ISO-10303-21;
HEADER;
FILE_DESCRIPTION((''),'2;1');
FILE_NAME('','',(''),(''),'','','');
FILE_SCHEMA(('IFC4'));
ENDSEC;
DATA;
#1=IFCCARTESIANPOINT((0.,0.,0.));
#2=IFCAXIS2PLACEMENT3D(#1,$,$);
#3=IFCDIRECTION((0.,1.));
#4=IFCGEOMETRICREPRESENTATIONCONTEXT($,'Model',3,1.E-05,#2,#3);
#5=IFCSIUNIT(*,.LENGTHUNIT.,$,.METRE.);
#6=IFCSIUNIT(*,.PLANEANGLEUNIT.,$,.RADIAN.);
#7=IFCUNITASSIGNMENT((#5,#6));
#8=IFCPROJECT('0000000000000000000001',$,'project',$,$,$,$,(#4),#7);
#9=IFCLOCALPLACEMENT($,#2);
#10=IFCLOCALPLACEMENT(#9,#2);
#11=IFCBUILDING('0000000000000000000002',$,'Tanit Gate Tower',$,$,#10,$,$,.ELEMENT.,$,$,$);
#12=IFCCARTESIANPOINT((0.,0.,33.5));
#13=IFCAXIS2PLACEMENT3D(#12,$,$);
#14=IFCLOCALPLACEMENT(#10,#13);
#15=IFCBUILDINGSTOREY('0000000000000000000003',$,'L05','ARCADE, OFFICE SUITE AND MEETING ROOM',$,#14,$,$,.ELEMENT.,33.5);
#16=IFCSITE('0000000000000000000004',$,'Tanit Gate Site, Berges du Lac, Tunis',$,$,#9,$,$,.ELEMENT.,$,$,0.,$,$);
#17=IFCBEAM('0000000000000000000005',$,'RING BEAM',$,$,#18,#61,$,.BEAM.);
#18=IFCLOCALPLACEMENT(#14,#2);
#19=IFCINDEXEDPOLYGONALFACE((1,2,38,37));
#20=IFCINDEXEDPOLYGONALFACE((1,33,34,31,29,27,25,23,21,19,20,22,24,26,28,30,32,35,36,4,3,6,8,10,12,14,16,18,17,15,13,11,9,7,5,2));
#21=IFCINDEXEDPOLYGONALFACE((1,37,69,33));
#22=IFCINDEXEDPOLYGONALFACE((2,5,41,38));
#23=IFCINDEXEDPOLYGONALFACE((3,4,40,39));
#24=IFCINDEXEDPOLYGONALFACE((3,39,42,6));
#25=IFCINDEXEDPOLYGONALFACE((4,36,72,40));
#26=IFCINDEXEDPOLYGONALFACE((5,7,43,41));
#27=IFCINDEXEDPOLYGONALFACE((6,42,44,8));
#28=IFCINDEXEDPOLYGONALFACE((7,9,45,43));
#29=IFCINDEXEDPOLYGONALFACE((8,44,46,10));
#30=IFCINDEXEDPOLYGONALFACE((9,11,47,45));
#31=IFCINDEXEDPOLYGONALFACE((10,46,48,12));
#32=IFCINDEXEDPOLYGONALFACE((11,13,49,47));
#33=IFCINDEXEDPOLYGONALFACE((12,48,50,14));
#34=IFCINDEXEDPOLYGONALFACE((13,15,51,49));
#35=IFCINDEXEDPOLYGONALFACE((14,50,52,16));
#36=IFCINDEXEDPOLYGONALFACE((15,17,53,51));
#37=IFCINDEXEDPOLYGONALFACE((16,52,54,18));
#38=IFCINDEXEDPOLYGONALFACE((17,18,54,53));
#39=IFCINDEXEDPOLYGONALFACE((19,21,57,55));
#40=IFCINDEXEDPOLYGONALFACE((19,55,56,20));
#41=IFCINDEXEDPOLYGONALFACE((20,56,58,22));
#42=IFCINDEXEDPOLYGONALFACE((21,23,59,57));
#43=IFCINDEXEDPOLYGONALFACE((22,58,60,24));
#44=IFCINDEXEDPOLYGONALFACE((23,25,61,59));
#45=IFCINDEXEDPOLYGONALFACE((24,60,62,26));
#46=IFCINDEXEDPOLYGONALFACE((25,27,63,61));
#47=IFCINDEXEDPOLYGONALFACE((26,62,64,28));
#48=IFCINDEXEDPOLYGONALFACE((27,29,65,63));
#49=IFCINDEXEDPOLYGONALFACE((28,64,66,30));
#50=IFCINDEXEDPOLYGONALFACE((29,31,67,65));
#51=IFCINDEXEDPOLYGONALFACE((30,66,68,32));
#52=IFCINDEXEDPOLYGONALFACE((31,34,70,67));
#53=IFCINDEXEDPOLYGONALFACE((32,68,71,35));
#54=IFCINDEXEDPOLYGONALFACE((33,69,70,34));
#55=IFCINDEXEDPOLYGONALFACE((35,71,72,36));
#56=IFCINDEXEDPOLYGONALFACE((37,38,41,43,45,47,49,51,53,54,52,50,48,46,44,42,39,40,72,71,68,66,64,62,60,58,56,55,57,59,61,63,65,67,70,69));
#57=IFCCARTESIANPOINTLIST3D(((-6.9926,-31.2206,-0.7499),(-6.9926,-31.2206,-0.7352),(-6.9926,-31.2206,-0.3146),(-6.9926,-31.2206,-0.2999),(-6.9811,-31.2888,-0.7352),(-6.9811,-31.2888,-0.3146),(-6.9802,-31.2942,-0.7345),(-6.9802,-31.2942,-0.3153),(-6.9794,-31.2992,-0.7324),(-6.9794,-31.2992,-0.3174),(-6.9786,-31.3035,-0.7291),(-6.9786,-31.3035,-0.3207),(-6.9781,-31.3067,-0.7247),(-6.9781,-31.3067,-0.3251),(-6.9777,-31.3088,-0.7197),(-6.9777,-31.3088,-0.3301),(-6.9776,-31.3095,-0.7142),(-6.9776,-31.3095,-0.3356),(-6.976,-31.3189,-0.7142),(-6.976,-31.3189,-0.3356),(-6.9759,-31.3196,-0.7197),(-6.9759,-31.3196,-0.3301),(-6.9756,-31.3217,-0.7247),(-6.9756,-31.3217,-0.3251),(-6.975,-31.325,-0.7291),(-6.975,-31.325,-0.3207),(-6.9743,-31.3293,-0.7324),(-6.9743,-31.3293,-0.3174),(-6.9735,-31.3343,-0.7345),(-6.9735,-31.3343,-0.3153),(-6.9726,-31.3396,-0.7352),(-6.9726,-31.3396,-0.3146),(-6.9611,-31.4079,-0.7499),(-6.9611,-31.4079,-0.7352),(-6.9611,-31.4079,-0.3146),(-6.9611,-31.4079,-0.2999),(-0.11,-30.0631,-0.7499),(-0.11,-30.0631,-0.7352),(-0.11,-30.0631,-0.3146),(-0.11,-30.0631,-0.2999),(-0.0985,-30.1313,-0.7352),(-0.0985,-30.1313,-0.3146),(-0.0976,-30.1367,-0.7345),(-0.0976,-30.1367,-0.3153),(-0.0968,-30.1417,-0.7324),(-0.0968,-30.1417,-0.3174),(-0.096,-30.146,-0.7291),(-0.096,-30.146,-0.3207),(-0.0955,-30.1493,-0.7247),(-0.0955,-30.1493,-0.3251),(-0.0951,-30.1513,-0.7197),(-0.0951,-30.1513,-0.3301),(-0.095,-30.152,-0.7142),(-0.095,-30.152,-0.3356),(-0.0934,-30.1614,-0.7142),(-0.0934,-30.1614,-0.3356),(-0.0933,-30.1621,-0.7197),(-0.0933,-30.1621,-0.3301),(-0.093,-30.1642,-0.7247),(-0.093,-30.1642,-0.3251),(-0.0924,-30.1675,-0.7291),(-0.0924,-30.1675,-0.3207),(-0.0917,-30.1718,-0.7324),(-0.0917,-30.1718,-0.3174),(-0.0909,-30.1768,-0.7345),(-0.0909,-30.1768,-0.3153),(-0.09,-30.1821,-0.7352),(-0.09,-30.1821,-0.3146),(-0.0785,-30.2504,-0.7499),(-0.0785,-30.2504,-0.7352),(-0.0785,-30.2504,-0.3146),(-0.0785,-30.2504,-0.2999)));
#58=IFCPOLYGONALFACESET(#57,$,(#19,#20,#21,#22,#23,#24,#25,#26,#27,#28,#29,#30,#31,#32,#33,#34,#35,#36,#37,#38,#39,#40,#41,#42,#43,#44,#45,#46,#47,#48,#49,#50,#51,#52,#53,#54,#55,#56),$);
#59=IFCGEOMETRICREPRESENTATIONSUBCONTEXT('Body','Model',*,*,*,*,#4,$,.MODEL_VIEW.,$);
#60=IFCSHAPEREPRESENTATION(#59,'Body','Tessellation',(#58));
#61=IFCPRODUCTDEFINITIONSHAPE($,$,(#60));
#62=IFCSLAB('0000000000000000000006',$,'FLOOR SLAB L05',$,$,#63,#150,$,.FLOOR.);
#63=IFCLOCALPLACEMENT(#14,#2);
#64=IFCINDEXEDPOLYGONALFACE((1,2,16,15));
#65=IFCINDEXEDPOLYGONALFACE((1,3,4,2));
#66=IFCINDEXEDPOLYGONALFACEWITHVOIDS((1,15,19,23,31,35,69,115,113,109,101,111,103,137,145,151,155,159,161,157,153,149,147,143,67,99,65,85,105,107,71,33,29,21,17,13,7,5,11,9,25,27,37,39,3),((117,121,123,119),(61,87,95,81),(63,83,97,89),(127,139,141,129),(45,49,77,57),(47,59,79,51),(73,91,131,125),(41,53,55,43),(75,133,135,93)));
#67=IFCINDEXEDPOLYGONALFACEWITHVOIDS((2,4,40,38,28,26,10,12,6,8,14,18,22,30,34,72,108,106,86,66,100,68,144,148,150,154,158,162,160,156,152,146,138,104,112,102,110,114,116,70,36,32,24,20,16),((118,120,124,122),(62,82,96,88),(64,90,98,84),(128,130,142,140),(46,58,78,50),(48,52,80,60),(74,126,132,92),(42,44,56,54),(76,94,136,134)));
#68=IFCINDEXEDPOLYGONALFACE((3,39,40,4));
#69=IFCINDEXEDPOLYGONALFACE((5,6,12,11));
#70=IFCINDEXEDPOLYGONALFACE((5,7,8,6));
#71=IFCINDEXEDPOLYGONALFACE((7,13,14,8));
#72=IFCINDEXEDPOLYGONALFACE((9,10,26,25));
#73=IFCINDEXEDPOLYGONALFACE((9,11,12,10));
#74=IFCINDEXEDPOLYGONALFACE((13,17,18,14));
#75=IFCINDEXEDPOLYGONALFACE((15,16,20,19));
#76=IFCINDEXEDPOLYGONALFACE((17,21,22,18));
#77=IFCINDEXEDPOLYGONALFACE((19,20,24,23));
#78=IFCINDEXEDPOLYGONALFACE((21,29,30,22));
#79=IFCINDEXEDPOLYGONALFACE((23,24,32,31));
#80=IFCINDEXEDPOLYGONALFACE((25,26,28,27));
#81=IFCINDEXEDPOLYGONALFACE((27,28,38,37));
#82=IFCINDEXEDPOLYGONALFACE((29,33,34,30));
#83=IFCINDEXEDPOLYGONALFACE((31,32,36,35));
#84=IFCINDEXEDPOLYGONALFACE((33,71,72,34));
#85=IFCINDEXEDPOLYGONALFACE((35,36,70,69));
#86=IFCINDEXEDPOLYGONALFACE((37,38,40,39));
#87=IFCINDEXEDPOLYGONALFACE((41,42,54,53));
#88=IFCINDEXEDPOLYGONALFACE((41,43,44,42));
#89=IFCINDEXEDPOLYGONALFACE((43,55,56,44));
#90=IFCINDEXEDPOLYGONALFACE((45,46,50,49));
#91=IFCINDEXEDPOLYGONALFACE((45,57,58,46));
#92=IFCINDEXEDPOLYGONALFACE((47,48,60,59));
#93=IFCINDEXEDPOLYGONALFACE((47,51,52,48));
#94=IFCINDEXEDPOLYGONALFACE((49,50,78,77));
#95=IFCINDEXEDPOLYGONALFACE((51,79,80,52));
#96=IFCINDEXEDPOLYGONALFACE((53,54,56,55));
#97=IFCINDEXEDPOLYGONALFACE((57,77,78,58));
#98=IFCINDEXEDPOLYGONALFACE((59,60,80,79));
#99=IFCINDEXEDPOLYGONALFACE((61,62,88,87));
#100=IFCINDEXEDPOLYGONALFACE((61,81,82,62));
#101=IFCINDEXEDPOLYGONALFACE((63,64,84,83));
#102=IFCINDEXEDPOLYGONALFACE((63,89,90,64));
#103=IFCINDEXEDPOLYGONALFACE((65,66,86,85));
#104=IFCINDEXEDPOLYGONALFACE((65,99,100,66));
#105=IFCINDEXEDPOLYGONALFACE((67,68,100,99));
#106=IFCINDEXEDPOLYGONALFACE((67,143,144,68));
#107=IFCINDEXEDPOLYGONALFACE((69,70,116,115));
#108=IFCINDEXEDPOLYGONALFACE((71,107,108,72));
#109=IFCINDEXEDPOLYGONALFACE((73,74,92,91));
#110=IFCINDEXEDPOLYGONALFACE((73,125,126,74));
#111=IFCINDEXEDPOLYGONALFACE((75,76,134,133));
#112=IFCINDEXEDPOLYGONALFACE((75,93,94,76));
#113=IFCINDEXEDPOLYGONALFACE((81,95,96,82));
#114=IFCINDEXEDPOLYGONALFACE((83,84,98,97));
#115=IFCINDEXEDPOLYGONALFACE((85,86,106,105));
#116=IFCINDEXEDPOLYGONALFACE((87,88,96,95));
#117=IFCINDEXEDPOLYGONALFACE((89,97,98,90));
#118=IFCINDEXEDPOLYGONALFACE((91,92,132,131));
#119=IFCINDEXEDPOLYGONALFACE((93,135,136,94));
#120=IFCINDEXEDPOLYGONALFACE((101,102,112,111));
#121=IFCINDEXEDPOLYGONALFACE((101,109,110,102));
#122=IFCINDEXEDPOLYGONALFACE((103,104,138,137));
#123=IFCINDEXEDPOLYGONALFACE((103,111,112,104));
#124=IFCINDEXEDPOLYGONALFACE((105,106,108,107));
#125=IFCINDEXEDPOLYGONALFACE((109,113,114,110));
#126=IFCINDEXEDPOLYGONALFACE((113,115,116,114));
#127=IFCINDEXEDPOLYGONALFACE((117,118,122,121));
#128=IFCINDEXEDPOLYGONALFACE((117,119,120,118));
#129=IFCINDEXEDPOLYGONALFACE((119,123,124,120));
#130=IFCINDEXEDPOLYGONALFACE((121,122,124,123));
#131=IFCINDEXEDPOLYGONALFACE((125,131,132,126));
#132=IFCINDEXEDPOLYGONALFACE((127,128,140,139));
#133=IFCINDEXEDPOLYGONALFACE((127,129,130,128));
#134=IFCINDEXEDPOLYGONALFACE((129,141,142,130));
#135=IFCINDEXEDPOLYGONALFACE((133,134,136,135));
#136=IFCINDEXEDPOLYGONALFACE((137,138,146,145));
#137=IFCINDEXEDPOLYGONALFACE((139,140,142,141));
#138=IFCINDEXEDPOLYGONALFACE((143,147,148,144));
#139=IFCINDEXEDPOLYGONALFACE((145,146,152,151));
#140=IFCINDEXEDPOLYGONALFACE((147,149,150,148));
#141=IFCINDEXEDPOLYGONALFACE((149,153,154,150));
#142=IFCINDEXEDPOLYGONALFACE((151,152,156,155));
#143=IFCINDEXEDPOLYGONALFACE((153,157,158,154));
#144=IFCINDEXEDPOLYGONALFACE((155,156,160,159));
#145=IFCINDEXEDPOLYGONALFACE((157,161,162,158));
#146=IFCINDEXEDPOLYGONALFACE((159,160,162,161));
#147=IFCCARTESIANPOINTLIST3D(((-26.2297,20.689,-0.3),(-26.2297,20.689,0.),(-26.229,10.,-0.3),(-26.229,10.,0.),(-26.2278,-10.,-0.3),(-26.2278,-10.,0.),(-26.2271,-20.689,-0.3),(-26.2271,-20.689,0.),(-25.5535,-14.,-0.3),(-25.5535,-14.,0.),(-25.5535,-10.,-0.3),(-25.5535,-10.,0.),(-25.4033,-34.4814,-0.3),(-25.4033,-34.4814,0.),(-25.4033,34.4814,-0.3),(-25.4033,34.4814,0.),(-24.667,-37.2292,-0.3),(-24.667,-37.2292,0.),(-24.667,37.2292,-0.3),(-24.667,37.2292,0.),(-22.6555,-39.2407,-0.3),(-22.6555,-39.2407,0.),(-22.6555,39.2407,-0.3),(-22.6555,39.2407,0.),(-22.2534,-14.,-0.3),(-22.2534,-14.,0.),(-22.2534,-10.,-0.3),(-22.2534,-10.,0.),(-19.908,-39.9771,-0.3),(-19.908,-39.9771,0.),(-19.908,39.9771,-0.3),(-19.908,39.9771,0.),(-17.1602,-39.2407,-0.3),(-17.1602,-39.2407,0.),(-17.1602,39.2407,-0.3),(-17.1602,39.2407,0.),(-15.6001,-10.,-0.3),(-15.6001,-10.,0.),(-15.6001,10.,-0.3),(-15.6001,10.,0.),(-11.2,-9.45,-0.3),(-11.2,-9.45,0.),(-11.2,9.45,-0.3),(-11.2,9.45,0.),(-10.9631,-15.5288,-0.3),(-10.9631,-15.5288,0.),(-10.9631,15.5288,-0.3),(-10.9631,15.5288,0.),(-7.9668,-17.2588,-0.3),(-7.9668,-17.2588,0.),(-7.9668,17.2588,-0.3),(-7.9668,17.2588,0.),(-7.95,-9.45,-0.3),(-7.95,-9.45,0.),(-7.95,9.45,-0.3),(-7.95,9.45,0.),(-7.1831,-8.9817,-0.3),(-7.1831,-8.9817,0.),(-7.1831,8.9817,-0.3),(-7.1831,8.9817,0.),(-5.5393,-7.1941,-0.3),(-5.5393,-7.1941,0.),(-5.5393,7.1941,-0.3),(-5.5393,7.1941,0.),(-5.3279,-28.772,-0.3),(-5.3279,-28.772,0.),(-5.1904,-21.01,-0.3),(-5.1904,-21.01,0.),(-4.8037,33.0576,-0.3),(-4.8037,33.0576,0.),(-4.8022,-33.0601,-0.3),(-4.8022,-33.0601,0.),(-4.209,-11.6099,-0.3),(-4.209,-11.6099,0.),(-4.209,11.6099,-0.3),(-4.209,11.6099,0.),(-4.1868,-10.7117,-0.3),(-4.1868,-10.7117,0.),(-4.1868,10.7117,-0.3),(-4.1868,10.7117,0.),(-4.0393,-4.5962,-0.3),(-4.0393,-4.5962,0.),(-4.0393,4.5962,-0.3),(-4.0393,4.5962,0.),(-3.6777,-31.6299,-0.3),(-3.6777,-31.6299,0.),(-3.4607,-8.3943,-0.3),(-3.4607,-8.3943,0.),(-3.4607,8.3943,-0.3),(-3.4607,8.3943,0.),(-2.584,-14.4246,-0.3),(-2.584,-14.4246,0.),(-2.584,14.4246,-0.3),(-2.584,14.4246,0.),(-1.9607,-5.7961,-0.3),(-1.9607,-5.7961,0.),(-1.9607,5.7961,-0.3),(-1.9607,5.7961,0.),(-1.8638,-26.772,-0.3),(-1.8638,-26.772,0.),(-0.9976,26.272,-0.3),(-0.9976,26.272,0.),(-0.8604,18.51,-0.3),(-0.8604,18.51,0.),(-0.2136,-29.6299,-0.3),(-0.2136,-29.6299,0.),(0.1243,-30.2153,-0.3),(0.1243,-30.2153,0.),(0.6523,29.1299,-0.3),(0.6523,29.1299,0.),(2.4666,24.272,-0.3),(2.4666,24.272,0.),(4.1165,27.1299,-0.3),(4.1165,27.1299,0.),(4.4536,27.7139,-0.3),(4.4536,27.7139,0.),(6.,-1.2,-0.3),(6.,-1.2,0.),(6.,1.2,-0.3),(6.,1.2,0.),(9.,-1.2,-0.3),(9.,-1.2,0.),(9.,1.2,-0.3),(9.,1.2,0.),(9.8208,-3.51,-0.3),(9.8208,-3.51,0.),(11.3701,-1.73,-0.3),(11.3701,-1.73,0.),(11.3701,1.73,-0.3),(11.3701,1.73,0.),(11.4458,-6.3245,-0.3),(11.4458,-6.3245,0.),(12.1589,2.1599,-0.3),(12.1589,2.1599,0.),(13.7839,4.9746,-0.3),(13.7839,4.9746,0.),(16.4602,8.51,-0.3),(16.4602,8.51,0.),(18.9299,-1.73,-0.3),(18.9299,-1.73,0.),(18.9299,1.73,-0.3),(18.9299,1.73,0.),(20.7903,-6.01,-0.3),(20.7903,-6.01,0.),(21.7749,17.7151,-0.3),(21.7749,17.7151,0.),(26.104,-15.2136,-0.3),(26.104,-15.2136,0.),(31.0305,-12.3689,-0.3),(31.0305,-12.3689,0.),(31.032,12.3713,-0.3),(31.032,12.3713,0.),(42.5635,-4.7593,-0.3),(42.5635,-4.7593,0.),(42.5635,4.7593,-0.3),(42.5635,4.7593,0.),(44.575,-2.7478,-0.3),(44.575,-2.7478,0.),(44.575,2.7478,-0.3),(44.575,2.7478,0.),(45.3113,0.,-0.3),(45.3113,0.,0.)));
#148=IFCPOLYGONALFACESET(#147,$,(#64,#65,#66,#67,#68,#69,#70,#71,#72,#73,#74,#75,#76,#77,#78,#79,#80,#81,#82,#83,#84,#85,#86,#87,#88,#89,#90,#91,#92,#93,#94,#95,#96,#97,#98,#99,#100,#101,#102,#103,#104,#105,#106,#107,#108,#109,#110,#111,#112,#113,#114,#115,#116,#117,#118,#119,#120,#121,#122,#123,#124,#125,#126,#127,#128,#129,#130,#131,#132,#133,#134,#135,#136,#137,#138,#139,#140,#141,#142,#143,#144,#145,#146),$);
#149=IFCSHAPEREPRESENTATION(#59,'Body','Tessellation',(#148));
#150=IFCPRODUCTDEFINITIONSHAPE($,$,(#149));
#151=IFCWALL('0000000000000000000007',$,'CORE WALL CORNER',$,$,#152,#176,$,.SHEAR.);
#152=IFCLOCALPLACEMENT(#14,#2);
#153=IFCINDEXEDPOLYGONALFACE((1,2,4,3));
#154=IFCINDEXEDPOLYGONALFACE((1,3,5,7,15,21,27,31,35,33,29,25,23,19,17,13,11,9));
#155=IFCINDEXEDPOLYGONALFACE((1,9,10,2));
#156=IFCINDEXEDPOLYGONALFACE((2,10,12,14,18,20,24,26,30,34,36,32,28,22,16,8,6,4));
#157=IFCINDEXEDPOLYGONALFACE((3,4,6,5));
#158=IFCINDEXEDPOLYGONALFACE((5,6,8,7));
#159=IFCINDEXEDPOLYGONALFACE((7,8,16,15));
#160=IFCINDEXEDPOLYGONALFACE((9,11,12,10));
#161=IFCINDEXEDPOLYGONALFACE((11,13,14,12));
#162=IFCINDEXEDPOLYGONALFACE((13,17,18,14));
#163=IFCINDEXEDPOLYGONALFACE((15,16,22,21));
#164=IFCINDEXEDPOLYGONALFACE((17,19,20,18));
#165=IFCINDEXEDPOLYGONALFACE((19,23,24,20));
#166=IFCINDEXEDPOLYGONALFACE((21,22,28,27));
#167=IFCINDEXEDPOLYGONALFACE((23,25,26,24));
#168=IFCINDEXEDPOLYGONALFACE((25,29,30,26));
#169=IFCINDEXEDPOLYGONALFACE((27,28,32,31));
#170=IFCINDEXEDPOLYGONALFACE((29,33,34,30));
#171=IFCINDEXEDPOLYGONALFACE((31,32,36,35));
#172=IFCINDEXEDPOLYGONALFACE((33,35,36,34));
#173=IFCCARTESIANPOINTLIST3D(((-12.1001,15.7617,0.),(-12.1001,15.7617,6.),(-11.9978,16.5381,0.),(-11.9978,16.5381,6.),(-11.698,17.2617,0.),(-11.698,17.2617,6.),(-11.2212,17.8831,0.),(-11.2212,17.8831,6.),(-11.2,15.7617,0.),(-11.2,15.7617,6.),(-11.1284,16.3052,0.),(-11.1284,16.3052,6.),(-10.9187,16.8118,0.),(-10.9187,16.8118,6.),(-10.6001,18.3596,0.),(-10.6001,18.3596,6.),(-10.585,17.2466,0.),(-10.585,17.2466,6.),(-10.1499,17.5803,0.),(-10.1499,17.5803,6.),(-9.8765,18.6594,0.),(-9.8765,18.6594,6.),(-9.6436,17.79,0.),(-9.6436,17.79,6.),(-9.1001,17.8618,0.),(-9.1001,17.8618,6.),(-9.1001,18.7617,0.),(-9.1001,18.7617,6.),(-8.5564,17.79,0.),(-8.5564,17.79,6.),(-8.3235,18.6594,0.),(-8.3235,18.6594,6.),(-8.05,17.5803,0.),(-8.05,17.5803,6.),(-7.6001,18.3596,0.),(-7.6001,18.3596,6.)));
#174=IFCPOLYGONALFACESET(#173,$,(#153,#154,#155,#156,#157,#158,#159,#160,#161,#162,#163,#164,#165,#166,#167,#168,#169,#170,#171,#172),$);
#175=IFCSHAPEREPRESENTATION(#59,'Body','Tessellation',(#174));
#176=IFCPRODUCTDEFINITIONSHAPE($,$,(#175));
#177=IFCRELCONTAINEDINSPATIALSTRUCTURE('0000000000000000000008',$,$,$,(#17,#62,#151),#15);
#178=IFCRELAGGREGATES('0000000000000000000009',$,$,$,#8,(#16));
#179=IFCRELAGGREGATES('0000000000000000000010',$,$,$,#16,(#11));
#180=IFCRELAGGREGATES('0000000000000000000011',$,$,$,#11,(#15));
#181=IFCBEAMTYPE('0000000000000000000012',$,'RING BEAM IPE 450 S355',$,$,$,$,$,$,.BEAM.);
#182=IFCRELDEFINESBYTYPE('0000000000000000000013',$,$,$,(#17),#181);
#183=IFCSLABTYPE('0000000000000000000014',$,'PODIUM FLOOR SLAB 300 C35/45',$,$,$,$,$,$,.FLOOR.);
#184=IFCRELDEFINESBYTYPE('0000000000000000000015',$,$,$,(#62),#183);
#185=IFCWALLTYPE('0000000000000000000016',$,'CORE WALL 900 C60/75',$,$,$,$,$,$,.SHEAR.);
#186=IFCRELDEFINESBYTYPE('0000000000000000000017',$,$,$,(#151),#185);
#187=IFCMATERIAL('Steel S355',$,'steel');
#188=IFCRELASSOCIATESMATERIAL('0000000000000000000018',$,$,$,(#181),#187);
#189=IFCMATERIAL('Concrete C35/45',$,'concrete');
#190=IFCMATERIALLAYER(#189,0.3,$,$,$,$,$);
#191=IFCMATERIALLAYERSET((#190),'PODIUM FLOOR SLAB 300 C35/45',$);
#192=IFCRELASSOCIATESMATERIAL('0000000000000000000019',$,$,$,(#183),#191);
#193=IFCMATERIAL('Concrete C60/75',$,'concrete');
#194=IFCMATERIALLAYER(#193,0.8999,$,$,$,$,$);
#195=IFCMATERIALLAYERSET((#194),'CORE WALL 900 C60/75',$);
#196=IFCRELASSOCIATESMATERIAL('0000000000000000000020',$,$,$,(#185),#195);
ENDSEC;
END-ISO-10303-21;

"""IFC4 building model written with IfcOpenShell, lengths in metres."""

from ifc_helpers import new_model, si_unit, direction, frame, origin, origin_2d, place, context, subcontext, project, spatial, polyline, i_section, outline, extrude, material, layer, layer_set, material_profile, profile_set, type_object, element, save


model = new_model("IFC4")

# Units and contexts
model_context = context("Model", 3, precision=1e-05, world=origin(), true_north=direction((0.0, 1.0)))
body_context = subcontext(model_context, "Body", "Model", "MODEL_VIEW")
ifc_project = project(units=[si_unit("LENGTHUNIT", "METRE"), si_unit("PLANEANGLEUNIT", "RADIAN")], contexts=[model_context])

# Site, building, storey
site_placement = place(None, origin())
site = spatial("IfcSite", under=ifc_project, at=site_placement, Name="Tanit Gate Site, Berges du Lac, Tunis", CompositionType="ELEMENT", RefElevation=0.0)
building_placement = place(site_placement, origin())
building = spatial("IfcBuilding", under=site, at=building_placement, Name="Tanit Gate Tower", CompositionType="ELEMENT")
storey_placement = place(building_placement, frame((0.0, 0.0, 33.5)))
storey = spatial("IfcBuildingStorey", under=building, at=storey_placement, Name="L05", Description="ARCADE, OFFICE SUITE AND MEETING ROOM", CompositionType="ELEMENT", Elevation=33.5)

# Beam
ifc_material_1 = material(Name="Steel S355", Category="steel")
ifc_material_profile = material_profile(ifc_material_1, i_section(OverallWidth=0.1899, OverallDepth=0.45, WebThickness=0.0095, FlangeThickness=0.0146, FilletRadius=0.021, at=origin_2d()), Name="IPE 450")
ifc_profile_set = profile_set([ifc_material_profile], Name="Steel S355")
beam_type = type_object("IfcBeamType", Name="RING BEAM IPE 450 S355", PredefinedType="BEAM", material=ifc_profile_set)
beam_placement = place(storey_placement, frame((-0.0942, -30.1567, -0.5249), z_axis=(-0.986152, -0.165845, 0.0), x_axis=(0.165845, -0.986152, 0.0)))
element("IfcBeam", 1, at=beam_placement, inside=storey, type_object=beam_type, Name="RING BEAM", PredefinedType="BEAM", context=body_context, shape_type="SweptSolid", body=[
    extrude(i_section(OverallWidth=0.1899, OverallDepth=0.45, WebThickness=0.0095, FlangeThickness=0.0146, FilletRadius=0.021, at=origin_2d()), origin(), (0.0, 0.0, 1.0), 6.9792),
])

# Slab
ifc_material_2 = material(Name="Concrete C35/45", Category="concrete")
ifc_layer_1 = layer(ifc_material_2, 0.3)
ifc_layer_set_1 = layer_set([ifc_layer_1], Name="PODIUM FLOOR SLAB 300 C35/45")
slab_type = type_object("IfcSlabType", Name="PODIUM FLOOR SLAB 300 C35/45", PredefinedType="FLOOR", material=ifc_layer_set_1)
slab_placement = place(storey_placement, frame((0.0, 0.0, -0.3)))
element("IfcSlab", 2, at=slab_placement, inside=storey, type_object=slab_type, Name="FLOOR SLAB L05", PredefinedType="FLOOR", context=body_context, shape_type="SweptSolid", body=[
    extrude(outline(polyline([(42.5635, 4.7593), (44.575, 2.7478), (45.3113, 0.0), (44.575, -2.7478), (42.5635, -4.7593), (31.0305, -12.3689), (26.104, -15.2136), (20.7903, -6.01), (-5.1904, -21.01), (-1.8638, -26.772), (-5.3279, -28.772), (-3.6777, -31.6299), (-0.2136, -29.6299), (0.1243, -30.2153), (-4.8022, -33.0601), (-17.1602, -39.2407), (-19.908, -39.9771), (-22.6555, -39.2407), (-24.667, -37.2292), (-25.4033, -34.4814), (-26.2271, -20.689), (-26.2278, -10.0), (-25.5535, -10.0), (-25.5535, -14.0), (-22.2534, -14.0), (-22.2534, -10.0), (-15.6001, -10.0), (-15.6001, 10.0), (-26.229, 10.0), (-26.2297, 20.689), (-25.4033, 34.4814), (-24.667, 37.2292), (-22.6555, 39.2407), (-19.908, 39.9771), (-17.1602, 39.2407), (-4.8037, 33.0576), (4.4536, 27.7139), (4.1165, 27.1299), (0.6523, 29.1299), (-0.9976, 26.272), (2.4666, 24.272), (-0.8604, 18.51), (16.4602, 8.51), (21.7749, 17.7151), (31.032, 12.3713), (42.5635, 4.7593)]), holes=[polyline([(18.9299, 1.73), (18.9299, -1.73), (11.3701, -1.73), (11.3701, 1.73), (18.9299, 1.73)]), polyline([(-4.209, 11.6099), (-2.584, 14.4246), (13.7839, 4.9746), (12.1589, 2.1599), (-4.209, 11.6099)]), polyline([(-4.209, -11.6099), (9.8208, -3.51), (11.4458, -6.3245), (-2.584, -14.4246), (-4.209, -11.6099)]), polyline([(9.0, 1.2), (9.0, -1.2), (6.0, -1.2), (6.0, 1.2), (9.0, 1.2)]), polyline([(-5.5393, 7.1941), (-3.4607, 8.3943), (-1.9607, 5.7961), (-4.0393, 4.5962), (-5.5393, 7.1941)]), polyline([(-3.4607, -8.3943), (-5.5393, -7.1941), (-4.0393, -4.5962), (-1.9607, -5.7961), (-3.4607, -8.3943)]), polyline([(-7.1831, 8.9817), (-10.9631, 15.5288), (-7.9668, 17.2588), (-4.1868, 10.7117), (-7.1831, 8.9817)]), polyline([(-4.1868, -10.7117), (-7.9668, -17.2588), (-10.9631, -15.5288), (-7.1831, -8.9817), (-4.1868, -10.7117)]), polyline([(-11.2, -9.45), (-11.2, 9.45), (-7.95, 9.45), (-7.95, -9.45), (-11.2, -9.45)])]), origin(), (0.0, 0.0, 1.0), 0.3),
])

# Wall
ifc_material_3 = material(Name="Concrete C60/75", Category="concrete")
ifc_layer_2 = layer(ifc_material_3, 0.8999)
ifc_layer_set_2 = layer_set([ifc_layer_2], Name="CORE WALL 900 C60/75")
wall_type_1 = type_object("IfcWallType", Name="CORE WALL 900 C60/75", PredefinedType="SHEAR", material=ifc_layer_set_2)
wall_1_placement = place(storey_placement, origin())
element("IfcWall", 3, at=wall_1_placement, inside=storey, type_object=wall_type_1, Name="CORE WALL CORNER", PredefinedType="SHEAR", context=body_context, shape_type="SweptSolid", body=[
    extrude(outline(polyline([(-7.6001, 18.3596), (-8.3235, 18.6594), (-9.1001, 18.7617), (-9.8765, 18.6594), (-10.6001, 18.3596), (-11.2212, 17.8831), (-11.698, 17.2617), (-11.9978, 16.5381), (-12.1001, 15.7617), (-11.2, 15.7617), (-11.1284, 16.3052), (-10.9187, 16.8118), (-10.585, 17.2466), (-10.1499, 17.5803), (-9.6436, 17.79), (-9.1001, 17.8618), (-8.5564, 17.79), (-8.05, 17.5803), (-7.6001, 18.3596)])), origin(), (0.0, 0.0, 1.0), 6.0),
])

save(model, "model.ifc")
